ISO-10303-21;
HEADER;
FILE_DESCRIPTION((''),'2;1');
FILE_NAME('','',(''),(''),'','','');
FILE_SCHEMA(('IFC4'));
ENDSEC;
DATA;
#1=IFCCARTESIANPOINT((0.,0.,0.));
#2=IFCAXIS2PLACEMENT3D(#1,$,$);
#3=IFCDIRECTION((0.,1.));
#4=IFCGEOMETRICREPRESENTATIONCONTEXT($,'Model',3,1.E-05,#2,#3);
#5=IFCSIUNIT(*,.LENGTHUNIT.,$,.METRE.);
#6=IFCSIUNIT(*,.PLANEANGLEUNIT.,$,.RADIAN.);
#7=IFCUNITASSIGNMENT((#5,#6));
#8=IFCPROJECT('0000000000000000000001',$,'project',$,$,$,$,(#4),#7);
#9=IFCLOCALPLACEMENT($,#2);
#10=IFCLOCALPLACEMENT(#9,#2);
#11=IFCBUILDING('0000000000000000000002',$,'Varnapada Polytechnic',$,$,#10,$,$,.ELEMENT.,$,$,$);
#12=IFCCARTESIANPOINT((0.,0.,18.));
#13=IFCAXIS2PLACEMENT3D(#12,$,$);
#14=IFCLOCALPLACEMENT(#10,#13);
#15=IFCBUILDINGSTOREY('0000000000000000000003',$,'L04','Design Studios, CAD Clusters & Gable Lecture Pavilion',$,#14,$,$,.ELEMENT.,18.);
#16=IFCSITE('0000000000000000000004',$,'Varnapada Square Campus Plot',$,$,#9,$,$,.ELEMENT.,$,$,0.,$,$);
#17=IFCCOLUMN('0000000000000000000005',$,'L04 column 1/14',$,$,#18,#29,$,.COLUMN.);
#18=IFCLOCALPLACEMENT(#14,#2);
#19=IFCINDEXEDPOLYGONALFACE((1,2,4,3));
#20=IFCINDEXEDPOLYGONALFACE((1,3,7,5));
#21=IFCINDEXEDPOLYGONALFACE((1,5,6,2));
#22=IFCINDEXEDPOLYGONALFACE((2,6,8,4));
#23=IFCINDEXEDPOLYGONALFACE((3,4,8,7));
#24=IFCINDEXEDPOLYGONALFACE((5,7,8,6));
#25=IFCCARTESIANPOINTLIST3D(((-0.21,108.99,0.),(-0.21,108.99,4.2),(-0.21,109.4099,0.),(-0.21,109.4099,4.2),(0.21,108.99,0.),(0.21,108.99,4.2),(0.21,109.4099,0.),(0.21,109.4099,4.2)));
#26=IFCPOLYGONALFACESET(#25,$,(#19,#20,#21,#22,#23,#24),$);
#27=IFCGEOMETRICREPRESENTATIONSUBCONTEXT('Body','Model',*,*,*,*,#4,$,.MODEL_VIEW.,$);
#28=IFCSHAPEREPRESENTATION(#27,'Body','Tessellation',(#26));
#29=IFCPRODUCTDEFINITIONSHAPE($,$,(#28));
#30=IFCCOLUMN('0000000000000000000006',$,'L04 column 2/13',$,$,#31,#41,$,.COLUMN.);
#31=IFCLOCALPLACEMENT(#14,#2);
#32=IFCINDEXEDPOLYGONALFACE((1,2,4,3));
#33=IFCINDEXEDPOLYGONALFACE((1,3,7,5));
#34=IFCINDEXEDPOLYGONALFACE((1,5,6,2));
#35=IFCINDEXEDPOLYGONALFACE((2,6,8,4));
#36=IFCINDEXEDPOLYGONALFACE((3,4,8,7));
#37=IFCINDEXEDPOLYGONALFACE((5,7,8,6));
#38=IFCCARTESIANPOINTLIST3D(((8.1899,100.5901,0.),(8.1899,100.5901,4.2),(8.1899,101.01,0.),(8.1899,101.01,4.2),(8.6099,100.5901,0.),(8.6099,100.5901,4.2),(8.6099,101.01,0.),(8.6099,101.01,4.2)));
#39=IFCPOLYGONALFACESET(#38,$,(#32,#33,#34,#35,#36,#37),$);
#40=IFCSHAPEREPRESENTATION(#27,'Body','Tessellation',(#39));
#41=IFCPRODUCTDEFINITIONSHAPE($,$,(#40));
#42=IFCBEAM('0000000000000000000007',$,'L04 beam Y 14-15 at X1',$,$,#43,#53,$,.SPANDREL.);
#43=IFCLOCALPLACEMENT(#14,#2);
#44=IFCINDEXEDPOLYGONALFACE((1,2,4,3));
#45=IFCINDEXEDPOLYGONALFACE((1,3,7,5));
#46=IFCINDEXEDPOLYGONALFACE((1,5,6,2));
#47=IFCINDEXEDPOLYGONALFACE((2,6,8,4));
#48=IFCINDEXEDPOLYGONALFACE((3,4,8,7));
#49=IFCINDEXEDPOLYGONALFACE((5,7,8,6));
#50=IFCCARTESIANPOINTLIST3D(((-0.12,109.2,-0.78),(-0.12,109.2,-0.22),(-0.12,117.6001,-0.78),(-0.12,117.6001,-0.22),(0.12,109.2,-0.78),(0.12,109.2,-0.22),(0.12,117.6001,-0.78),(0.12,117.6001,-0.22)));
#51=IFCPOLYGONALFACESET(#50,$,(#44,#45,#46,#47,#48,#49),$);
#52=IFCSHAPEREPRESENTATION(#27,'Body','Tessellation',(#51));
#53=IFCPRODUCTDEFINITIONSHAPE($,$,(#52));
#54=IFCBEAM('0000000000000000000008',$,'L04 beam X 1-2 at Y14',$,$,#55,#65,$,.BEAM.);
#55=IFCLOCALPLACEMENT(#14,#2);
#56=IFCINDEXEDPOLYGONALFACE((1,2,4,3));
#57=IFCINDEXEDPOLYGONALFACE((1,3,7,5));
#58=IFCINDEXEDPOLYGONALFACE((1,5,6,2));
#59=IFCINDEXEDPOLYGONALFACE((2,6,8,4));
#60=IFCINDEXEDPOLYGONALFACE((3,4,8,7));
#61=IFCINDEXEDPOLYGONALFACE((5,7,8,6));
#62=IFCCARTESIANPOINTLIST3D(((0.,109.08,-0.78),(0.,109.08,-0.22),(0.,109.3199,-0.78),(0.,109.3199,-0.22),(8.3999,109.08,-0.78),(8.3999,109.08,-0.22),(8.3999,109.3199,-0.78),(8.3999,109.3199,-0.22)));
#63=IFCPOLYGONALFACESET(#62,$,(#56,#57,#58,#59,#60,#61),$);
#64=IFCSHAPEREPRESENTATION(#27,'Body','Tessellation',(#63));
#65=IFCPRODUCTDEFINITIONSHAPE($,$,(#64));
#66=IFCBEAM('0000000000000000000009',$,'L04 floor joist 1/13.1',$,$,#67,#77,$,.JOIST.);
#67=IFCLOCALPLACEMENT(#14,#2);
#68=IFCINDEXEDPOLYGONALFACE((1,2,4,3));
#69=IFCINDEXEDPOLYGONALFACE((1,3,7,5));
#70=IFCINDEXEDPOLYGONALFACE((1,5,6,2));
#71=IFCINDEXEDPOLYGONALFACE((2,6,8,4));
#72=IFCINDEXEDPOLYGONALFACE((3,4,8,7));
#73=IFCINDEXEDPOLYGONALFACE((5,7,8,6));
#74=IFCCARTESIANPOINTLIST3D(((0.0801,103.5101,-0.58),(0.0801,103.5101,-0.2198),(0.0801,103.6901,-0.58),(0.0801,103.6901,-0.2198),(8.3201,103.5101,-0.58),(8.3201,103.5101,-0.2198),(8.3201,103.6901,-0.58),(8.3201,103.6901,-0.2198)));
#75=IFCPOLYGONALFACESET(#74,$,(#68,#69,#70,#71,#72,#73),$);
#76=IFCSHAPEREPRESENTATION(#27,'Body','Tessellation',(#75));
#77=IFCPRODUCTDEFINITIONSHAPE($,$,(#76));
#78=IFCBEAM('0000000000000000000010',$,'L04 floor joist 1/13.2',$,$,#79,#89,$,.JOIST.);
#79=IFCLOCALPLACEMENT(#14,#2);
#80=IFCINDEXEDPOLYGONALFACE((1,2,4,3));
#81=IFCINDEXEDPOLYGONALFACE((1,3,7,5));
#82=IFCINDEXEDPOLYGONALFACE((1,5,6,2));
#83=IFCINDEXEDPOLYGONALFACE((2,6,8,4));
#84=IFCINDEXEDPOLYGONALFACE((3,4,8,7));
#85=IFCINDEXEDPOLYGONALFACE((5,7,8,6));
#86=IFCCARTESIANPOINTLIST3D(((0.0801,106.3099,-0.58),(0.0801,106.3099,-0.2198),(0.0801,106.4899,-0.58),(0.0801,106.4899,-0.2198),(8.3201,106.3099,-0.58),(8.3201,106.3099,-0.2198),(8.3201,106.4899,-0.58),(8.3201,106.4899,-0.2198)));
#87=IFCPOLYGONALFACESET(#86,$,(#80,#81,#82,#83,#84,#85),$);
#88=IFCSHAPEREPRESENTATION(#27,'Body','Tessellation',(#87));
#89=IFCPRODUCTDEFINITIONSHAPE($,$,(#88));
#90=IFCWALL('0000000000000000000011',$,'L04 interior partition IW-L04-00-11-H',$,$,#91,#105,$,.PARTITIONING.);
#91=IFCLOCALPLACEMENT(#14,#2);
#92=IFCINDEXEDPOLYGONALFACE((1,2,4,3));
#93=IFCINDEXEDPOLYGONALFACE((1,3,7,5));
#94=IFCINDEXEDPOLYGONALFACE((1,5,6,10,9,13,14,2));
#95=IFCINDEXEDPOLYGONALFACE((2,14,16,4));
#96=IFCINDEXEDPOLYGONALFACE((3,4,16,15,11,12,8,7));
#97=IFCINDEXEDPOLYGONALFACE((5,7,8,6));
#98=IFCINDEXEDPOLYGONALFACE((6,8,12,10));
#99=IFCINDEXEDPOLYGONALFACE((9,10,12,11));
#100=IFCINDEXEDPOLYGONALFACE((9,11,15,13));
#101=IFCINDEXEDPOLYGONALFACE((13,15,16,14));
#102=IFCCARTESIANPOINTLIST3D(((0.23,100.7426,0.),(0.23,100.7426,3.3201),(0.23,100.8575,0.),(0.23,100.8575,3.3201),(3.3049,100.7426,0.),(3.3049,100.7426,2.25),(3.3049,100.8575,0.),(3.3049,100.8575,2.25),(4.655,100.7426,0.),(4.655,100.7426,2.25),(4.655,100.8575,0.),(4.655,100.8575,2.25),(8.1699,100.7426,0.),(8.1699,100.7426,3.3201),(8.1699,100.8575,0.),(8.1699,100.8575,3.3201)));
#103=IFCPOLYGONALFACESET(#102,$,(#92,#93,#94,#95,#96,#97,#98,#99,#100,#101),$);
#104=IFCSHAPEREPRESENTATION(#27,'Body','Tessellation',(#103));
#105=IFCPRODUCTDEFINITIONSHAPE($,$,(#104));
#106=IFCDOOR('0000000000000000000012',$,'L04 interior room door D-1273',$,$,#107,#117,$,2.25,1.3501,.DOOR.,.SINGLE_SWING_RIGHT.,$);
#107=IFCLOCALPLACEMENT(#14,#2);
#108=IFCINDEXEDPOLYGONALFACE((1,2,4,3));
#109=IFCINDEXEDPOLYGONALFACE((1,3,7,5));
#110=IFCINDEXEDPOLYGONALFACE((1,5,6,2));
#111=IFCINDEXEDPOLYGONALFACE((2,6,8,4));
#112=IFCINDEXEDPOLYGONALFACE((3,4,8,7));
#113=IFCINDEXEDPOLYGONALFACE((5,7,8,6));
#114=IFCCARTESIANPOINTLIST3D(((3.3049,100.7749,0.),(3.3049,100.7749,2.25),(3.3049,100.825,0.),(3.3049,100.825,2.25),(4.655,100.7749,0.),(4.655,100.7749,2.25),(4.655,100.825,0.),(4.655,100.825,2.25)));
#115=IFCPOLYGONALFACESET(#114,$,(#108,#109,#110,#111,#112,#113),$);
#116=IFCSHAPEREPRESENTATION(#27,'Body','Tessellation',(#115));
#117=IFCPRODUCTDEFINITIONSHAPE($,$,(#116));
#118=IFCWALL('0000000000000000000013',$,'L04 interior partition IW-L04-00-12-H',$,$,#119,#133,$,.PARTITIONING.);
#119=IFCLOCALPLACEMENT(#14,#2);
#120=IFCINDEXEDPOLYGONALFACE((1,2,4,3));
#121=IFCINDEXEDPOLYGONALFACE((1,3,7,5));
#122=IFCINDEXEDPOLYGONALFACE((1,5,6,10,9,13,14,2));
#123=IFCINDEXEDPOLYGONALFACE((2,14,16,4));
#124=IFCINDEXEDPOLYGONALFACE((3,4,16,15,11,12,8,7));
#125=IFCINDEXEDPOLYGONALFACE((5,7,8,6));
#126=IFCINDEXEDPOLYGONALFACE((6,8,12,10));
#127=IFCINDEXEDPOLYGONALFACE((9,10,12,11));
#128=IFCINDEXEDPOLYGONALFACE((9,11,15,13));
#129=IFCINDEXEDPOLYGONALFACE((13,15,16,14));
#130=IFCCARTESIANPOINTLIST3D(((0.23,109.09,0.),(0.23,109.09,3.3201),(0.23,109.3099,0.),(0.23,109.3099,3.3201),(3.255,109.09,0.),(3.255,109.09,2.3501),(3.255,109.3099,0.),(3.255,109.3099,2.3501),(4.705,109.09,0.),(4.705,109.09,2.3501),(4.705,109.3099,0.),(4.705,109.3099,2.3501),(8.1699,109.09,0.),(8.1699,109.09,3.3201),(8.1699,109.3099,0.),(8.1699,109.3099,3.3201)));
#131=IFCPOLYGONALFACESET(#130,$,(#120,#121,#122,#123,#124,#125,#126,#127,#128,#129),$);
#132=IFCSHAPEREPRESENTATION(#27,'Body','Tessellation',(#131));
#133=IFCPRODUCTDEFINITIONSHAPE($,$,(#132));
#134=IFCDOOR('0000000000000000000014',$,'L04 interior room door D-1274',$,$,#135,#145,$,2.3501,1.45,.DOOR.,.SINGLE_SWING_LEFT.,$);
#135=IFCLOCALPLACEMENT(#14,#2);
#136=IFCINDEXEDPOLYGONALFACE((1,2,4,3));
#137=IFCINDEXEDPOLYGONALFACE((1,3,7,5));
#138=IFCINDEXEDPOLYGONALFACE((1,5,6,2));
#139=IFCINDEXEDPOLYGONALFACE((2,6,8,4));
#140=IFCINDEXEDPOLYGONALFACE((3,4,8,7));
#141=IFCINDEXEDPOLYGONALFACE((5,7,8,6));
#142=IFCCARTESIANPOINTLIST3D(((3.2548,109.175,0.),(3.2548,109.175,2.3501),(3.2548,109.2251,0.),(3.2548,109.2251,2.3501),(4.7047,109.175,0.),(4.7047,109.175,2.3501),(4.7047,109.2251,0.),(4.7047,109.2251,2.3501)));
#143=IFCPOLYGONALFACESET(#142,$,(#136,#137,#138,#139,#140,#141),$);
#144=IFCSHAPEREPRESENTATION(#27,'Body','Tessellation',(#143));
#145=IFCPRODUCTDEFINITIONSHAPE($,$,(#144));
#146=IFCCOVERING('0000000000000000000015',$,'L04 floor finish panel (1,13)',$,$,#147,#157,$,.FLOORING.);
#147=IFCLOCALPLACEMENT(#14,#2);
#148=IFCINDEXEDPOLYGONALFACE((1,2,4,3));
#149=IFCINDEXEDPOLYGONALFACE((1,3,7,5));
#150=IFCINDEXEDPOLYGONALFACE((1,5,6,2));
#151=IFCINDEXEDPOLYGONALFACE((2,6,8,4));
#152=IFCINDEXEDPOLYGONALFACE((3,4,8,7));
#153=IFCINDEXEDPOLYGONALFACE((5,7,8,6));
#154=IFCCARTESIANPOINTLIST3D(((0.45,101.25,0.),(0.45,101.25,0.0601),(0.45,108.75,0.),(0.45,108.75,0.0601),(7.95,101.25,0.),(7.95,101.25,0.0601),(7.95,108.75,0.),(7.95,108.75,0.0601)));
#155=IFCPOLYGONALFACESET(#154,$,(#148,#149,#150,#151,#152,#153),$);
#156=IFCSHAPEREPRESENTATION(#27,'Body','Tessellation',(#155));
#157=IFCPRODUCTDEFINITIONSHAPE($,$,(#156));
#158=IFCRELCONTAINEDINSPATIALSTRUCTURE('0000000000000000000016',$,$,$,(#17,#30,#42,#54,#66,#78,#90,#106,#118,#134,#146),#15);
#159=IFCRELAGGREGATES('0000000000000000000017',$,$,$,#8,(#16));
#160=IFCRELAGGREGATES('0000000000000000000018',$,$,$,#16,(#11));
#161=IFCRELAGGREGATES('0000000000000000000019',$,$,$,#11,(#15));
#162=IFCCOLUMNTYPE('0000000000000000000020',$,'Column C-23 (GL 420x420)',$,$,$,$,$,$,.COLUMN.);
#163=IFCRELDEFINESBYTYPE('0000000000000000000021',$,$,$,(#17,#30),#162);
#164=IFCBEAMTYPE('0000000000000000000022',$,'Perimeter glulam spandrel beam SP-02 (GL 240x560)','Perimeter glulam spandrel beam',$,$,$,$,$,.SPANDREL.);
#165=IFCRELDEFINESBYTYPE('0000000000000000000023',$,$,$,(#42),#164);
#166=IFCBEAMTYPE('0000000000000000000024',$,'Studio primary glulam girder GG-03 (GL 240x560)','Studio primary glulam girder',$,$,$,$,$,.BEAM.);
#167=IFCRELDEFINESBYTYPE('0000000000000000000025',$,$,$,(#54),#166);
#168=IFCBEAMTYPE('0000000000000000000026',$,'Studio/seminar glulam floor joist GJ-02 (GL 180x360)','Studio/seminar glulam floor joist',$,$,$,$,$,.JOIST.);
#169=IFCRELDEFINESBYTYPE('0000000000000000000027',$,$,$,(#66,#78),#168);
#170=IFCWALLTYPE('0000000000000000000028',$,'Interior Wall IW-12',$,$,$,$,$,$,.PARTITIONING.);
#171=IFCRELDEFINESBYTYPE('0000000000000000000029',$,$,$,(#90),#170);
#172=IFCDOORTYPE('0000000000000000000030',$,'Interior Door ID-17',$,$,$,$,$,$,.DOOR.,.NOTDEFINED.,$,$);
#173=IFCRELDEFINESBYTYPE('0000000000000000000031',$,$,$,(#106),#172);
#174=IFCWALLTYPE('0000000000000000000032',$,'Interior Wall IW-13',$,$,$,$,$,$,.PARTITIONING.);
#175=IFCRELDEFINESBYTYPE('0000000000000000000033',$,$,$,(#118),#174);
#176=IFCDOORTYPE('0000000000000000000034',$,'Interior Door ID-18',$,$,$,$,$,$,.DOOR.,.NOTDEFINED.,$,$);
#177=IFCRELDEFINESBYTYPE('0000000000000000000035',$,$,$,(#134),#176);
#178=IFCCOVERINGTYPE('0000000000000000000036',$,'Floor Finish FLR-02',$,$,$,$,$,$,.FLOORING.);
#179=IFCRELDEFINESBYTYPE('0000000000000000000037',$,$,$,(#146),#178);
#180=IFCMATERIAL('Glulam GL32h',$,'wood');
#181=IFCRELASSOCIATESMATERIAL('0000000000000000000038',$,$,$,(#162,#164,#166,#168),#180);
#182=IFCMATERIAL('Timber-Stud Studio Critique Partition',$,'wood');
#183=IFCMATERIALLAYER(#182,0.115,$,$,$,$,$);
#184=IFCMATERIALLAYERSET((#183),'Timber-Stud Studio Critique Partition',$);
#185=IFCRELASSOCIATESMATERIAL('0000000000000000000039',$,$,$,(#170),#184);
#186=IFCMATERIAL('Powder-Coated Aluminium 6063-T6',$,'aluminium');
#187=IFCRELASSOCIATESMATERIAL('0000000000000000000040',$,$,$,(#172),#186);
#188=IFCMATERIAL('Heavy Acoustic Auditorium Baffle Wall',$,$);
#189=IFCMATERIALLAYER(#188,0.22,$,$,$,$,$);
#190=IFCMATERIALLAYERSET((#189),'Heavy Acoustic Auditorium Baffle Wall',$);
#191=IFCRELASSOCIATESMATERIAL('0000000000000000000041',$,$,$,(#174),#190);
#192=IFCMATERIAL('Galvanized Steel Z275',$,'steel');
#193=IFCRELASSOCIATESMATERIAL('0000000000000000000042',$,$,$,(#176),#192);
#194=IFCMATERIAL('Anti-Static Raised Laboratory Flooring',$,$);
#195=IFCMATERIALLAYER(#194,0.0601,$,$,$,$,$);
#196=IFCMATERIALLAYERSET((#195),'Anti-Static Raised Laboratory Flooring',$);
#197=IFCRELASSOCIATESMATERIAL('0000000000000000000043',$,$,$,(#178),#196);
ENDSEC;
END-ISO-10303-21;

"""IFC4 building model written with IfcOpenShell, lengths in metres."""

from ifc_helpers import new_model, si_unit, direction, frame, frame_2d, origin, origin_2d, place, context, subcontext, project, spatial, rectangle, extrude, material, layer, layer_set, material_profile, profile_set, type_object, element, fill, save


model = new_model("IFC4")

# Units and contexts
model_context = context("Model", 3, precision=1e-05, world=origin(), true_north=direction((0.0, 1.0)))
body_context = subcontext(model_context, "Body", "Model", "MODEL_VIEW")
ifc_project = project(units=[si_unit("LENGTHUNIT", "METRE"), si_unit("PLANEANGLEUNIT", "RADIAN")], contexts=[model_context])

# Site, building, storey
site_placement = place(None, origin())
site = spatial("IfcSite", under=ifc_project, at=site_placement, Name="Varnapada Square Campus Plot", CompositionType="ELEMENT", RefElevation=0.0)
building_placement = place(site_placement, origin())
building = spatial("IfcBuilding", under=site, at=building_placement, Name="Varnapada Polytechnic", CompositionType="ELEMENT")
storey_placement = place(building_placement, frame((0.0, 0.0, 18.0)))
storey = spatial("IfcBuildingStorey", under=building, at=storey_placement, Name="L04", Description="Design Studios, CAD Clusters & Gable Lecture Pavilion", CompositionType="ELEMENT", Elevation=18.0)

# Columns
ifc_material_1 = material(Name="Glulam GL32h", Category="wood")
ifc_material_profile_1 = material_profile(ifc_material_1, rectangle(XDim=0.4199, YDim=0.4199, at=origin_2d()), Name="GL 420x420")
ifc_profile_set_1 = profile_set([ifc_material_profile_1], Name="Glulam GL32h")
column_type = type_object("IfcColumnType", Name="Column C-23 (GL 420x420)", PredefinedType="COLUMN", material=ifc_profile_set_1)
for number, where, z_axis, x_axis, name in (
    (1, (0.0, 109.2, 0.0), (0.0, 0.0, 1.0), (1.0, 0.0, 0.0), "L04 column 1/14"),
    (2, (8.3999, 100.8, 0.0), (0.0, 0.0, 1.0), (1.0, 0.0, 0.0), "L04 column 2/13"),
):
    element("IfcColumn", number, at=place(storey_placement, frame(where, z_axis=z_axis, x_axis=x_axis)), inside=storey, type_object=column_type, Name=name, PredefinedType="COLUMN", context=body_context, shape_type="SweptSolid", body=[
        extrude(rectangle(XDim=0.4199, YDim=0.4199, at=origin_2d()), origin(), (0.0, 0.0, 1.0), 4.2),
    ])

# Beams
ifc_material_profile_2 = material_profile(ifc_material_1, rectangle(XDim=0.24, YDim=0.5601, at=origin_2d()), Name="GL 240x560")
ifc_profile_set_2 = profile_set([ifc_material_profile_2], Name="Glulam GL32h")
beam_type_1 = type_object("IfcBeamType", Name="Perimeter glulam spandrel beam SP-02 (GL 240x560)", Description="Perimeter glulam spandrel beam", PredefinedType="SPANDREL", material=ifc_profile_set_2)
beam_1_placement = place(storey_placement, frame((0.0, 109.2, -0.5), z_axis=(0.0, 1.0, 0.0), x_axis=(-1.0, 0.0, 0.0)))
element("IfcBeam", 3, at=beam_1_placement, inside=storey, type_object=beam_type_1, Name="L04 beam Y 14-15 at X1", PredefinedType="SPANDREL", context=body_context, shape_type="SweptSolid", body=[
    extrude(rectangle(XDim=0.24, YDim=0.5601, at=origin_2d()), origin(), (0.0, 0.0, 1.0), 8.4001),
])
ifc_material_profile_3 = material_profile(ifc_material_1, rectangle(XDim=0.24, YDim=0.5601, at=origin_2d()), Name="GL 240x560")
ifc_profile_set_3 = profile_set([ifc_material_profile_3], Name="Glulam GL32h")
beam_type_2 = type_object("IfcBeamType", Name="Studio primary glulam girder GG-03 (GL 240x560)", Description="Studio primary glulam girder", PredefinedType="BEAM", material=ifc_profile_set_3)
beam_2_placement = place(storey_placement, frame((0.0, 109.2, -0.5), z_axis=(1.0, 0.0, 0.0), x_axis=(0.0, 1.0, 0.0)))
element("IfcBeam", 4, at=beam_2_placement, inside=storey, type_object=beam_type_2, Name="L04 beam X 1-2 at Y14", PredefinedType="BEAM", context=body_context, shape_type="SweptSolid", body=[
    extrude(rectangle(XDim=0.24, YDim=0.5601, at=origin_2d()), origin(), (0.0, 0.0, 1.0), 8.3999),
])
ifc_material_profile_4 = material_profile(ifc_material_1, rectangle(XDim=0.1799, YDim=0.3601, at=origin_2d()), Name="GL 180x360")
ifc_profile_set_4 = profile_set([ifc_material_profile_4], Name="Glulam GL32h")
beam_type_3 = type_object("IfcBeamType", Name="Studio/seminar glulam floor joist GJ-02 (GL 180x360)", Description="Studio/seminar glulam floor joist", PredefinedType="JOIST", material=ifc_profile_set_4)
for number, where, z_axis, x_axis, name in (
    (5, (0.0801, 103.6001, -0.3999), (1.0, 0.0, 0.0), (0.0, 1.0, 0.0), "L04 floor joist 1/13.1"),
    (6, (0.0801, 106.3999, -0.3999), (1.0, 0.0, 0.0), (0.0, 1.0, 0.0), "L04 floor joist 1/13.2"),
):
    element("IfcBeam", number, at=place(storey_placement, frame(where, z_axis=z_axis, x_axis=x_axis)), inside=storey, type_object=beam_type_3, Name=name, PredefinedType="JOIST", context=body_context, shape_type="SweptSolid", body=[
        extrude(rectangle(XDim=0.1799, YDim=0.3601, at=origin_2d()), origin(), (0.0, 0.0, 1.0), 8.24),
    ])

# Walls, openings, doors
ifc_material_2 = material(Name="Timber-Stud Studio Critique Partition", Category="wood")
ifc_layer_1 = layer(ifc_material_2, 0.115)
ifc_layer_set_1 = layer_set([ifc_layer_1], Name="Timber-Stud Studio Critique Partition")
wall_type_1 = type_object("IfcWallType", Name="Interior Wall IW-12", PredefinedType="PARTITIONING", material=ifc_layer_set_1)
wall_1_placement = place(storey_placement, frame((0.23, 100.8, 0.0), z_axis=(0.0, 0.0, 1.0), x_axis=(1.0, 0.0, 0.0)))
wall_1 = element("IfcWall", 7, at=wall_1_placement, inside=storey, type_object=wall_type_1, Name="L04 interior partition IW-L04-00-11-H", PredefinedType="PARTITIONING", context=body_context, shape_type="SweptSolid", body=[
    extrude(rectangle(XDim=7.9399, YDim=0.115, at=frame_2d((3.97, 0.0))), origin(), (0.0, 0.0, 1.0), 3.3201),
])
opening_1_placement = place(wall_1_placement, frame((3.075, 0.0, 0.0)))
opening_1 = element("IfcOpeningElement", 8, at=opening_1_placement, cuts=wall_1, PredefinedType="OPENING", context=body_context, shape_type="SweptSolid", body=[
    extrude(rectangle(XDim=1.3501, YDim=2.25, at=frame_2d((0.675, 1.125))), frame((0.0, 0.0674, 0.0), z_axis=(0.0, -1.0, 0.0), x_axis=(1.0, 0.0, 0.0)), (0.0, 0.0, 1.0), 0.135),
])
ifc_material_3 = material(Name="Powder-Coated Aluminium 6063-T6", Category="aluminium")
door_type_1 = type_object("IfcDoorType", Name="Interior Door ID-17", OperationType="NOTDEFINED", PredefinedType="DOOR", material=ifc_material_3)
door_1_placement = place(opening_1_placement, origin())
door_1 = element("IfcDoor", 9, at=door_1_placement, inside=storey, type_object=door_type_1, Name="L04 interior room door D-1273", OperationType="SINGLE_SWING_RIGHT", OverallHeight=2.25, OverallWidth=1.3501, PredefinedType="DOOR", context=body_context, shape_type="SweptSolid", body=[
    extrude(rectangle(XDim=1.3501, YDim=2.25, at=frame_2d((0.675, 1.125))), frame((0.0, 0.0249, 0.0), z_axis=(0.0, -1.0, 0.0), x_axis=(1.0, 0.0, 0.0)), (0.0, 0.0, 1.0), 0.05),
])
fill(opening_1, door_1)
ifc_material_4 = material(Name="Heavy Acoustic Auditorium Baffle Wall")
ifc_layer_2 = layer(ifc_material_4, 0.22)
ifc_layer_set_2 = layer_set([ifc_layer_2], Name="Heavy Acoustic Auditorium Baffle Wall")
wall_type_2 = type_object("IfcWallType", Name="Interior Wall IW-13", PredefinedType="PARTITIONING", material=ifc_layer_set_2)
wall_2_placement = place(storey_placement, frame((0.23, 109.2, 0.0), z_axis=(0.0, 0.0, 1.0), x_axis=(1.0, 0.0, 0.0)))
wall_2 = element("IfcWall", 10, at=wall_2_placement, inside=storey, type_object=wall_type_2, Name="L04 interior partition IW-L04-00-12-H", PredefinedType="PARTITIONING", context=body_context, shape_type="SweptSolid", body=[
    extrude(rectangle(XDim=7.9399, YDim=0.22, at=frame_2d((3.97, 0.0))), origin(), (0.0, 0.0, 1.0), 3.3201),
])
opening_2_placement = place(wall_2_placement, frame((3.0249, 0.0, 0.0)))
opening_2 = element("IfcOpeningElement", 11, at=opening_2_placement, cuts=wall_2, PredefinedType="OPENING", context=body_context, shape_type="SweptSolid", body=[
    extrude(rectangle(XDim=1.45, YDim=2.3501, at=frame_2d((0.7251, 1.175))), frame((0.0, 0.1199, 0.0), z_axis=(0.0, -1.0, 0.0), x_axis=(1.0, 0.0, 0.0)), (0.0, 0.0, 1.0), 0.24),
])
ifc_material_5 = material(Name="Galvanized Steel Z275", Category="steel")
door_type_2 = type_object("IfcDoorType", Name="Interior Door ID-18", OperationType="NOTDEFINED", PredefinedType="DOOR", material=ifc_material_5)
door_2_placement = place(opening_2_placement, frame((1.45, 0.0, 0.0), z_axis=(0.0, 0.0, 1.0), x_axis=(-1.0, 0.0, 0.0)))
door_2 = element("IfcDoor", 12, at=door_2_placement, inside=storey, type_object=door_type_2, Name="L04 interior room door D-1274", OperationType="SINGLE_SWING_LEFT", OverallHeight=2.3501, OverallWidth=1.45, PredefinedType="DOOR", context=body_context, shape_type="SweptSolid", body=[
    extrude(rectangle(XDim=1.45, YDim=2.3501, at=frame_2d((0.7251, 1.175))), frame((0.0, 0.0249, 0.0), z_axis=(0.0, -1.0, 0.0), x_axis=(1.0, 0.0, 0.0)), (0.0, 0.0, 1.0), 0.05),
])
fill(opening_2, door_2)

# Covering
ifc_material_6 = material(Name="Anti-Static Raised Laboratory Flooring")
ifc_layer_3 = layer(ifc_material_6, 0.0601)
ifc_layer_set_3 = layer_set([ifc_layer_3], Name="Anti-Static Raised Laboratory Flooring")
covering_type = type_object("IfcCoveringType", Name="Floor Finish FLR-02", PredefinedType="FLOORING", material=ifc_layer_set_3)
covering_placement = place(storey_placement, frame((4.2, 105.0, 0.0), z_axis=(0.0, 0.0, 1.0), x_axis=(1.0, 0.0, 0.0)))
element("IfcCovering", 13, at=covering_placement, inside=storey, type_object=covering_type, Name="L04 floor finish panel (1,13)", PredefinedType="FLOORING", context=body_context, shape_type="SweptSolid", body=[
    extrude(rectangle(XDim=7.5, YDim=7.5, at=origin_2d()), origin(), (0.0, 0.0, 1.0), 0.0601),
])

save(model, "model.ifc")
